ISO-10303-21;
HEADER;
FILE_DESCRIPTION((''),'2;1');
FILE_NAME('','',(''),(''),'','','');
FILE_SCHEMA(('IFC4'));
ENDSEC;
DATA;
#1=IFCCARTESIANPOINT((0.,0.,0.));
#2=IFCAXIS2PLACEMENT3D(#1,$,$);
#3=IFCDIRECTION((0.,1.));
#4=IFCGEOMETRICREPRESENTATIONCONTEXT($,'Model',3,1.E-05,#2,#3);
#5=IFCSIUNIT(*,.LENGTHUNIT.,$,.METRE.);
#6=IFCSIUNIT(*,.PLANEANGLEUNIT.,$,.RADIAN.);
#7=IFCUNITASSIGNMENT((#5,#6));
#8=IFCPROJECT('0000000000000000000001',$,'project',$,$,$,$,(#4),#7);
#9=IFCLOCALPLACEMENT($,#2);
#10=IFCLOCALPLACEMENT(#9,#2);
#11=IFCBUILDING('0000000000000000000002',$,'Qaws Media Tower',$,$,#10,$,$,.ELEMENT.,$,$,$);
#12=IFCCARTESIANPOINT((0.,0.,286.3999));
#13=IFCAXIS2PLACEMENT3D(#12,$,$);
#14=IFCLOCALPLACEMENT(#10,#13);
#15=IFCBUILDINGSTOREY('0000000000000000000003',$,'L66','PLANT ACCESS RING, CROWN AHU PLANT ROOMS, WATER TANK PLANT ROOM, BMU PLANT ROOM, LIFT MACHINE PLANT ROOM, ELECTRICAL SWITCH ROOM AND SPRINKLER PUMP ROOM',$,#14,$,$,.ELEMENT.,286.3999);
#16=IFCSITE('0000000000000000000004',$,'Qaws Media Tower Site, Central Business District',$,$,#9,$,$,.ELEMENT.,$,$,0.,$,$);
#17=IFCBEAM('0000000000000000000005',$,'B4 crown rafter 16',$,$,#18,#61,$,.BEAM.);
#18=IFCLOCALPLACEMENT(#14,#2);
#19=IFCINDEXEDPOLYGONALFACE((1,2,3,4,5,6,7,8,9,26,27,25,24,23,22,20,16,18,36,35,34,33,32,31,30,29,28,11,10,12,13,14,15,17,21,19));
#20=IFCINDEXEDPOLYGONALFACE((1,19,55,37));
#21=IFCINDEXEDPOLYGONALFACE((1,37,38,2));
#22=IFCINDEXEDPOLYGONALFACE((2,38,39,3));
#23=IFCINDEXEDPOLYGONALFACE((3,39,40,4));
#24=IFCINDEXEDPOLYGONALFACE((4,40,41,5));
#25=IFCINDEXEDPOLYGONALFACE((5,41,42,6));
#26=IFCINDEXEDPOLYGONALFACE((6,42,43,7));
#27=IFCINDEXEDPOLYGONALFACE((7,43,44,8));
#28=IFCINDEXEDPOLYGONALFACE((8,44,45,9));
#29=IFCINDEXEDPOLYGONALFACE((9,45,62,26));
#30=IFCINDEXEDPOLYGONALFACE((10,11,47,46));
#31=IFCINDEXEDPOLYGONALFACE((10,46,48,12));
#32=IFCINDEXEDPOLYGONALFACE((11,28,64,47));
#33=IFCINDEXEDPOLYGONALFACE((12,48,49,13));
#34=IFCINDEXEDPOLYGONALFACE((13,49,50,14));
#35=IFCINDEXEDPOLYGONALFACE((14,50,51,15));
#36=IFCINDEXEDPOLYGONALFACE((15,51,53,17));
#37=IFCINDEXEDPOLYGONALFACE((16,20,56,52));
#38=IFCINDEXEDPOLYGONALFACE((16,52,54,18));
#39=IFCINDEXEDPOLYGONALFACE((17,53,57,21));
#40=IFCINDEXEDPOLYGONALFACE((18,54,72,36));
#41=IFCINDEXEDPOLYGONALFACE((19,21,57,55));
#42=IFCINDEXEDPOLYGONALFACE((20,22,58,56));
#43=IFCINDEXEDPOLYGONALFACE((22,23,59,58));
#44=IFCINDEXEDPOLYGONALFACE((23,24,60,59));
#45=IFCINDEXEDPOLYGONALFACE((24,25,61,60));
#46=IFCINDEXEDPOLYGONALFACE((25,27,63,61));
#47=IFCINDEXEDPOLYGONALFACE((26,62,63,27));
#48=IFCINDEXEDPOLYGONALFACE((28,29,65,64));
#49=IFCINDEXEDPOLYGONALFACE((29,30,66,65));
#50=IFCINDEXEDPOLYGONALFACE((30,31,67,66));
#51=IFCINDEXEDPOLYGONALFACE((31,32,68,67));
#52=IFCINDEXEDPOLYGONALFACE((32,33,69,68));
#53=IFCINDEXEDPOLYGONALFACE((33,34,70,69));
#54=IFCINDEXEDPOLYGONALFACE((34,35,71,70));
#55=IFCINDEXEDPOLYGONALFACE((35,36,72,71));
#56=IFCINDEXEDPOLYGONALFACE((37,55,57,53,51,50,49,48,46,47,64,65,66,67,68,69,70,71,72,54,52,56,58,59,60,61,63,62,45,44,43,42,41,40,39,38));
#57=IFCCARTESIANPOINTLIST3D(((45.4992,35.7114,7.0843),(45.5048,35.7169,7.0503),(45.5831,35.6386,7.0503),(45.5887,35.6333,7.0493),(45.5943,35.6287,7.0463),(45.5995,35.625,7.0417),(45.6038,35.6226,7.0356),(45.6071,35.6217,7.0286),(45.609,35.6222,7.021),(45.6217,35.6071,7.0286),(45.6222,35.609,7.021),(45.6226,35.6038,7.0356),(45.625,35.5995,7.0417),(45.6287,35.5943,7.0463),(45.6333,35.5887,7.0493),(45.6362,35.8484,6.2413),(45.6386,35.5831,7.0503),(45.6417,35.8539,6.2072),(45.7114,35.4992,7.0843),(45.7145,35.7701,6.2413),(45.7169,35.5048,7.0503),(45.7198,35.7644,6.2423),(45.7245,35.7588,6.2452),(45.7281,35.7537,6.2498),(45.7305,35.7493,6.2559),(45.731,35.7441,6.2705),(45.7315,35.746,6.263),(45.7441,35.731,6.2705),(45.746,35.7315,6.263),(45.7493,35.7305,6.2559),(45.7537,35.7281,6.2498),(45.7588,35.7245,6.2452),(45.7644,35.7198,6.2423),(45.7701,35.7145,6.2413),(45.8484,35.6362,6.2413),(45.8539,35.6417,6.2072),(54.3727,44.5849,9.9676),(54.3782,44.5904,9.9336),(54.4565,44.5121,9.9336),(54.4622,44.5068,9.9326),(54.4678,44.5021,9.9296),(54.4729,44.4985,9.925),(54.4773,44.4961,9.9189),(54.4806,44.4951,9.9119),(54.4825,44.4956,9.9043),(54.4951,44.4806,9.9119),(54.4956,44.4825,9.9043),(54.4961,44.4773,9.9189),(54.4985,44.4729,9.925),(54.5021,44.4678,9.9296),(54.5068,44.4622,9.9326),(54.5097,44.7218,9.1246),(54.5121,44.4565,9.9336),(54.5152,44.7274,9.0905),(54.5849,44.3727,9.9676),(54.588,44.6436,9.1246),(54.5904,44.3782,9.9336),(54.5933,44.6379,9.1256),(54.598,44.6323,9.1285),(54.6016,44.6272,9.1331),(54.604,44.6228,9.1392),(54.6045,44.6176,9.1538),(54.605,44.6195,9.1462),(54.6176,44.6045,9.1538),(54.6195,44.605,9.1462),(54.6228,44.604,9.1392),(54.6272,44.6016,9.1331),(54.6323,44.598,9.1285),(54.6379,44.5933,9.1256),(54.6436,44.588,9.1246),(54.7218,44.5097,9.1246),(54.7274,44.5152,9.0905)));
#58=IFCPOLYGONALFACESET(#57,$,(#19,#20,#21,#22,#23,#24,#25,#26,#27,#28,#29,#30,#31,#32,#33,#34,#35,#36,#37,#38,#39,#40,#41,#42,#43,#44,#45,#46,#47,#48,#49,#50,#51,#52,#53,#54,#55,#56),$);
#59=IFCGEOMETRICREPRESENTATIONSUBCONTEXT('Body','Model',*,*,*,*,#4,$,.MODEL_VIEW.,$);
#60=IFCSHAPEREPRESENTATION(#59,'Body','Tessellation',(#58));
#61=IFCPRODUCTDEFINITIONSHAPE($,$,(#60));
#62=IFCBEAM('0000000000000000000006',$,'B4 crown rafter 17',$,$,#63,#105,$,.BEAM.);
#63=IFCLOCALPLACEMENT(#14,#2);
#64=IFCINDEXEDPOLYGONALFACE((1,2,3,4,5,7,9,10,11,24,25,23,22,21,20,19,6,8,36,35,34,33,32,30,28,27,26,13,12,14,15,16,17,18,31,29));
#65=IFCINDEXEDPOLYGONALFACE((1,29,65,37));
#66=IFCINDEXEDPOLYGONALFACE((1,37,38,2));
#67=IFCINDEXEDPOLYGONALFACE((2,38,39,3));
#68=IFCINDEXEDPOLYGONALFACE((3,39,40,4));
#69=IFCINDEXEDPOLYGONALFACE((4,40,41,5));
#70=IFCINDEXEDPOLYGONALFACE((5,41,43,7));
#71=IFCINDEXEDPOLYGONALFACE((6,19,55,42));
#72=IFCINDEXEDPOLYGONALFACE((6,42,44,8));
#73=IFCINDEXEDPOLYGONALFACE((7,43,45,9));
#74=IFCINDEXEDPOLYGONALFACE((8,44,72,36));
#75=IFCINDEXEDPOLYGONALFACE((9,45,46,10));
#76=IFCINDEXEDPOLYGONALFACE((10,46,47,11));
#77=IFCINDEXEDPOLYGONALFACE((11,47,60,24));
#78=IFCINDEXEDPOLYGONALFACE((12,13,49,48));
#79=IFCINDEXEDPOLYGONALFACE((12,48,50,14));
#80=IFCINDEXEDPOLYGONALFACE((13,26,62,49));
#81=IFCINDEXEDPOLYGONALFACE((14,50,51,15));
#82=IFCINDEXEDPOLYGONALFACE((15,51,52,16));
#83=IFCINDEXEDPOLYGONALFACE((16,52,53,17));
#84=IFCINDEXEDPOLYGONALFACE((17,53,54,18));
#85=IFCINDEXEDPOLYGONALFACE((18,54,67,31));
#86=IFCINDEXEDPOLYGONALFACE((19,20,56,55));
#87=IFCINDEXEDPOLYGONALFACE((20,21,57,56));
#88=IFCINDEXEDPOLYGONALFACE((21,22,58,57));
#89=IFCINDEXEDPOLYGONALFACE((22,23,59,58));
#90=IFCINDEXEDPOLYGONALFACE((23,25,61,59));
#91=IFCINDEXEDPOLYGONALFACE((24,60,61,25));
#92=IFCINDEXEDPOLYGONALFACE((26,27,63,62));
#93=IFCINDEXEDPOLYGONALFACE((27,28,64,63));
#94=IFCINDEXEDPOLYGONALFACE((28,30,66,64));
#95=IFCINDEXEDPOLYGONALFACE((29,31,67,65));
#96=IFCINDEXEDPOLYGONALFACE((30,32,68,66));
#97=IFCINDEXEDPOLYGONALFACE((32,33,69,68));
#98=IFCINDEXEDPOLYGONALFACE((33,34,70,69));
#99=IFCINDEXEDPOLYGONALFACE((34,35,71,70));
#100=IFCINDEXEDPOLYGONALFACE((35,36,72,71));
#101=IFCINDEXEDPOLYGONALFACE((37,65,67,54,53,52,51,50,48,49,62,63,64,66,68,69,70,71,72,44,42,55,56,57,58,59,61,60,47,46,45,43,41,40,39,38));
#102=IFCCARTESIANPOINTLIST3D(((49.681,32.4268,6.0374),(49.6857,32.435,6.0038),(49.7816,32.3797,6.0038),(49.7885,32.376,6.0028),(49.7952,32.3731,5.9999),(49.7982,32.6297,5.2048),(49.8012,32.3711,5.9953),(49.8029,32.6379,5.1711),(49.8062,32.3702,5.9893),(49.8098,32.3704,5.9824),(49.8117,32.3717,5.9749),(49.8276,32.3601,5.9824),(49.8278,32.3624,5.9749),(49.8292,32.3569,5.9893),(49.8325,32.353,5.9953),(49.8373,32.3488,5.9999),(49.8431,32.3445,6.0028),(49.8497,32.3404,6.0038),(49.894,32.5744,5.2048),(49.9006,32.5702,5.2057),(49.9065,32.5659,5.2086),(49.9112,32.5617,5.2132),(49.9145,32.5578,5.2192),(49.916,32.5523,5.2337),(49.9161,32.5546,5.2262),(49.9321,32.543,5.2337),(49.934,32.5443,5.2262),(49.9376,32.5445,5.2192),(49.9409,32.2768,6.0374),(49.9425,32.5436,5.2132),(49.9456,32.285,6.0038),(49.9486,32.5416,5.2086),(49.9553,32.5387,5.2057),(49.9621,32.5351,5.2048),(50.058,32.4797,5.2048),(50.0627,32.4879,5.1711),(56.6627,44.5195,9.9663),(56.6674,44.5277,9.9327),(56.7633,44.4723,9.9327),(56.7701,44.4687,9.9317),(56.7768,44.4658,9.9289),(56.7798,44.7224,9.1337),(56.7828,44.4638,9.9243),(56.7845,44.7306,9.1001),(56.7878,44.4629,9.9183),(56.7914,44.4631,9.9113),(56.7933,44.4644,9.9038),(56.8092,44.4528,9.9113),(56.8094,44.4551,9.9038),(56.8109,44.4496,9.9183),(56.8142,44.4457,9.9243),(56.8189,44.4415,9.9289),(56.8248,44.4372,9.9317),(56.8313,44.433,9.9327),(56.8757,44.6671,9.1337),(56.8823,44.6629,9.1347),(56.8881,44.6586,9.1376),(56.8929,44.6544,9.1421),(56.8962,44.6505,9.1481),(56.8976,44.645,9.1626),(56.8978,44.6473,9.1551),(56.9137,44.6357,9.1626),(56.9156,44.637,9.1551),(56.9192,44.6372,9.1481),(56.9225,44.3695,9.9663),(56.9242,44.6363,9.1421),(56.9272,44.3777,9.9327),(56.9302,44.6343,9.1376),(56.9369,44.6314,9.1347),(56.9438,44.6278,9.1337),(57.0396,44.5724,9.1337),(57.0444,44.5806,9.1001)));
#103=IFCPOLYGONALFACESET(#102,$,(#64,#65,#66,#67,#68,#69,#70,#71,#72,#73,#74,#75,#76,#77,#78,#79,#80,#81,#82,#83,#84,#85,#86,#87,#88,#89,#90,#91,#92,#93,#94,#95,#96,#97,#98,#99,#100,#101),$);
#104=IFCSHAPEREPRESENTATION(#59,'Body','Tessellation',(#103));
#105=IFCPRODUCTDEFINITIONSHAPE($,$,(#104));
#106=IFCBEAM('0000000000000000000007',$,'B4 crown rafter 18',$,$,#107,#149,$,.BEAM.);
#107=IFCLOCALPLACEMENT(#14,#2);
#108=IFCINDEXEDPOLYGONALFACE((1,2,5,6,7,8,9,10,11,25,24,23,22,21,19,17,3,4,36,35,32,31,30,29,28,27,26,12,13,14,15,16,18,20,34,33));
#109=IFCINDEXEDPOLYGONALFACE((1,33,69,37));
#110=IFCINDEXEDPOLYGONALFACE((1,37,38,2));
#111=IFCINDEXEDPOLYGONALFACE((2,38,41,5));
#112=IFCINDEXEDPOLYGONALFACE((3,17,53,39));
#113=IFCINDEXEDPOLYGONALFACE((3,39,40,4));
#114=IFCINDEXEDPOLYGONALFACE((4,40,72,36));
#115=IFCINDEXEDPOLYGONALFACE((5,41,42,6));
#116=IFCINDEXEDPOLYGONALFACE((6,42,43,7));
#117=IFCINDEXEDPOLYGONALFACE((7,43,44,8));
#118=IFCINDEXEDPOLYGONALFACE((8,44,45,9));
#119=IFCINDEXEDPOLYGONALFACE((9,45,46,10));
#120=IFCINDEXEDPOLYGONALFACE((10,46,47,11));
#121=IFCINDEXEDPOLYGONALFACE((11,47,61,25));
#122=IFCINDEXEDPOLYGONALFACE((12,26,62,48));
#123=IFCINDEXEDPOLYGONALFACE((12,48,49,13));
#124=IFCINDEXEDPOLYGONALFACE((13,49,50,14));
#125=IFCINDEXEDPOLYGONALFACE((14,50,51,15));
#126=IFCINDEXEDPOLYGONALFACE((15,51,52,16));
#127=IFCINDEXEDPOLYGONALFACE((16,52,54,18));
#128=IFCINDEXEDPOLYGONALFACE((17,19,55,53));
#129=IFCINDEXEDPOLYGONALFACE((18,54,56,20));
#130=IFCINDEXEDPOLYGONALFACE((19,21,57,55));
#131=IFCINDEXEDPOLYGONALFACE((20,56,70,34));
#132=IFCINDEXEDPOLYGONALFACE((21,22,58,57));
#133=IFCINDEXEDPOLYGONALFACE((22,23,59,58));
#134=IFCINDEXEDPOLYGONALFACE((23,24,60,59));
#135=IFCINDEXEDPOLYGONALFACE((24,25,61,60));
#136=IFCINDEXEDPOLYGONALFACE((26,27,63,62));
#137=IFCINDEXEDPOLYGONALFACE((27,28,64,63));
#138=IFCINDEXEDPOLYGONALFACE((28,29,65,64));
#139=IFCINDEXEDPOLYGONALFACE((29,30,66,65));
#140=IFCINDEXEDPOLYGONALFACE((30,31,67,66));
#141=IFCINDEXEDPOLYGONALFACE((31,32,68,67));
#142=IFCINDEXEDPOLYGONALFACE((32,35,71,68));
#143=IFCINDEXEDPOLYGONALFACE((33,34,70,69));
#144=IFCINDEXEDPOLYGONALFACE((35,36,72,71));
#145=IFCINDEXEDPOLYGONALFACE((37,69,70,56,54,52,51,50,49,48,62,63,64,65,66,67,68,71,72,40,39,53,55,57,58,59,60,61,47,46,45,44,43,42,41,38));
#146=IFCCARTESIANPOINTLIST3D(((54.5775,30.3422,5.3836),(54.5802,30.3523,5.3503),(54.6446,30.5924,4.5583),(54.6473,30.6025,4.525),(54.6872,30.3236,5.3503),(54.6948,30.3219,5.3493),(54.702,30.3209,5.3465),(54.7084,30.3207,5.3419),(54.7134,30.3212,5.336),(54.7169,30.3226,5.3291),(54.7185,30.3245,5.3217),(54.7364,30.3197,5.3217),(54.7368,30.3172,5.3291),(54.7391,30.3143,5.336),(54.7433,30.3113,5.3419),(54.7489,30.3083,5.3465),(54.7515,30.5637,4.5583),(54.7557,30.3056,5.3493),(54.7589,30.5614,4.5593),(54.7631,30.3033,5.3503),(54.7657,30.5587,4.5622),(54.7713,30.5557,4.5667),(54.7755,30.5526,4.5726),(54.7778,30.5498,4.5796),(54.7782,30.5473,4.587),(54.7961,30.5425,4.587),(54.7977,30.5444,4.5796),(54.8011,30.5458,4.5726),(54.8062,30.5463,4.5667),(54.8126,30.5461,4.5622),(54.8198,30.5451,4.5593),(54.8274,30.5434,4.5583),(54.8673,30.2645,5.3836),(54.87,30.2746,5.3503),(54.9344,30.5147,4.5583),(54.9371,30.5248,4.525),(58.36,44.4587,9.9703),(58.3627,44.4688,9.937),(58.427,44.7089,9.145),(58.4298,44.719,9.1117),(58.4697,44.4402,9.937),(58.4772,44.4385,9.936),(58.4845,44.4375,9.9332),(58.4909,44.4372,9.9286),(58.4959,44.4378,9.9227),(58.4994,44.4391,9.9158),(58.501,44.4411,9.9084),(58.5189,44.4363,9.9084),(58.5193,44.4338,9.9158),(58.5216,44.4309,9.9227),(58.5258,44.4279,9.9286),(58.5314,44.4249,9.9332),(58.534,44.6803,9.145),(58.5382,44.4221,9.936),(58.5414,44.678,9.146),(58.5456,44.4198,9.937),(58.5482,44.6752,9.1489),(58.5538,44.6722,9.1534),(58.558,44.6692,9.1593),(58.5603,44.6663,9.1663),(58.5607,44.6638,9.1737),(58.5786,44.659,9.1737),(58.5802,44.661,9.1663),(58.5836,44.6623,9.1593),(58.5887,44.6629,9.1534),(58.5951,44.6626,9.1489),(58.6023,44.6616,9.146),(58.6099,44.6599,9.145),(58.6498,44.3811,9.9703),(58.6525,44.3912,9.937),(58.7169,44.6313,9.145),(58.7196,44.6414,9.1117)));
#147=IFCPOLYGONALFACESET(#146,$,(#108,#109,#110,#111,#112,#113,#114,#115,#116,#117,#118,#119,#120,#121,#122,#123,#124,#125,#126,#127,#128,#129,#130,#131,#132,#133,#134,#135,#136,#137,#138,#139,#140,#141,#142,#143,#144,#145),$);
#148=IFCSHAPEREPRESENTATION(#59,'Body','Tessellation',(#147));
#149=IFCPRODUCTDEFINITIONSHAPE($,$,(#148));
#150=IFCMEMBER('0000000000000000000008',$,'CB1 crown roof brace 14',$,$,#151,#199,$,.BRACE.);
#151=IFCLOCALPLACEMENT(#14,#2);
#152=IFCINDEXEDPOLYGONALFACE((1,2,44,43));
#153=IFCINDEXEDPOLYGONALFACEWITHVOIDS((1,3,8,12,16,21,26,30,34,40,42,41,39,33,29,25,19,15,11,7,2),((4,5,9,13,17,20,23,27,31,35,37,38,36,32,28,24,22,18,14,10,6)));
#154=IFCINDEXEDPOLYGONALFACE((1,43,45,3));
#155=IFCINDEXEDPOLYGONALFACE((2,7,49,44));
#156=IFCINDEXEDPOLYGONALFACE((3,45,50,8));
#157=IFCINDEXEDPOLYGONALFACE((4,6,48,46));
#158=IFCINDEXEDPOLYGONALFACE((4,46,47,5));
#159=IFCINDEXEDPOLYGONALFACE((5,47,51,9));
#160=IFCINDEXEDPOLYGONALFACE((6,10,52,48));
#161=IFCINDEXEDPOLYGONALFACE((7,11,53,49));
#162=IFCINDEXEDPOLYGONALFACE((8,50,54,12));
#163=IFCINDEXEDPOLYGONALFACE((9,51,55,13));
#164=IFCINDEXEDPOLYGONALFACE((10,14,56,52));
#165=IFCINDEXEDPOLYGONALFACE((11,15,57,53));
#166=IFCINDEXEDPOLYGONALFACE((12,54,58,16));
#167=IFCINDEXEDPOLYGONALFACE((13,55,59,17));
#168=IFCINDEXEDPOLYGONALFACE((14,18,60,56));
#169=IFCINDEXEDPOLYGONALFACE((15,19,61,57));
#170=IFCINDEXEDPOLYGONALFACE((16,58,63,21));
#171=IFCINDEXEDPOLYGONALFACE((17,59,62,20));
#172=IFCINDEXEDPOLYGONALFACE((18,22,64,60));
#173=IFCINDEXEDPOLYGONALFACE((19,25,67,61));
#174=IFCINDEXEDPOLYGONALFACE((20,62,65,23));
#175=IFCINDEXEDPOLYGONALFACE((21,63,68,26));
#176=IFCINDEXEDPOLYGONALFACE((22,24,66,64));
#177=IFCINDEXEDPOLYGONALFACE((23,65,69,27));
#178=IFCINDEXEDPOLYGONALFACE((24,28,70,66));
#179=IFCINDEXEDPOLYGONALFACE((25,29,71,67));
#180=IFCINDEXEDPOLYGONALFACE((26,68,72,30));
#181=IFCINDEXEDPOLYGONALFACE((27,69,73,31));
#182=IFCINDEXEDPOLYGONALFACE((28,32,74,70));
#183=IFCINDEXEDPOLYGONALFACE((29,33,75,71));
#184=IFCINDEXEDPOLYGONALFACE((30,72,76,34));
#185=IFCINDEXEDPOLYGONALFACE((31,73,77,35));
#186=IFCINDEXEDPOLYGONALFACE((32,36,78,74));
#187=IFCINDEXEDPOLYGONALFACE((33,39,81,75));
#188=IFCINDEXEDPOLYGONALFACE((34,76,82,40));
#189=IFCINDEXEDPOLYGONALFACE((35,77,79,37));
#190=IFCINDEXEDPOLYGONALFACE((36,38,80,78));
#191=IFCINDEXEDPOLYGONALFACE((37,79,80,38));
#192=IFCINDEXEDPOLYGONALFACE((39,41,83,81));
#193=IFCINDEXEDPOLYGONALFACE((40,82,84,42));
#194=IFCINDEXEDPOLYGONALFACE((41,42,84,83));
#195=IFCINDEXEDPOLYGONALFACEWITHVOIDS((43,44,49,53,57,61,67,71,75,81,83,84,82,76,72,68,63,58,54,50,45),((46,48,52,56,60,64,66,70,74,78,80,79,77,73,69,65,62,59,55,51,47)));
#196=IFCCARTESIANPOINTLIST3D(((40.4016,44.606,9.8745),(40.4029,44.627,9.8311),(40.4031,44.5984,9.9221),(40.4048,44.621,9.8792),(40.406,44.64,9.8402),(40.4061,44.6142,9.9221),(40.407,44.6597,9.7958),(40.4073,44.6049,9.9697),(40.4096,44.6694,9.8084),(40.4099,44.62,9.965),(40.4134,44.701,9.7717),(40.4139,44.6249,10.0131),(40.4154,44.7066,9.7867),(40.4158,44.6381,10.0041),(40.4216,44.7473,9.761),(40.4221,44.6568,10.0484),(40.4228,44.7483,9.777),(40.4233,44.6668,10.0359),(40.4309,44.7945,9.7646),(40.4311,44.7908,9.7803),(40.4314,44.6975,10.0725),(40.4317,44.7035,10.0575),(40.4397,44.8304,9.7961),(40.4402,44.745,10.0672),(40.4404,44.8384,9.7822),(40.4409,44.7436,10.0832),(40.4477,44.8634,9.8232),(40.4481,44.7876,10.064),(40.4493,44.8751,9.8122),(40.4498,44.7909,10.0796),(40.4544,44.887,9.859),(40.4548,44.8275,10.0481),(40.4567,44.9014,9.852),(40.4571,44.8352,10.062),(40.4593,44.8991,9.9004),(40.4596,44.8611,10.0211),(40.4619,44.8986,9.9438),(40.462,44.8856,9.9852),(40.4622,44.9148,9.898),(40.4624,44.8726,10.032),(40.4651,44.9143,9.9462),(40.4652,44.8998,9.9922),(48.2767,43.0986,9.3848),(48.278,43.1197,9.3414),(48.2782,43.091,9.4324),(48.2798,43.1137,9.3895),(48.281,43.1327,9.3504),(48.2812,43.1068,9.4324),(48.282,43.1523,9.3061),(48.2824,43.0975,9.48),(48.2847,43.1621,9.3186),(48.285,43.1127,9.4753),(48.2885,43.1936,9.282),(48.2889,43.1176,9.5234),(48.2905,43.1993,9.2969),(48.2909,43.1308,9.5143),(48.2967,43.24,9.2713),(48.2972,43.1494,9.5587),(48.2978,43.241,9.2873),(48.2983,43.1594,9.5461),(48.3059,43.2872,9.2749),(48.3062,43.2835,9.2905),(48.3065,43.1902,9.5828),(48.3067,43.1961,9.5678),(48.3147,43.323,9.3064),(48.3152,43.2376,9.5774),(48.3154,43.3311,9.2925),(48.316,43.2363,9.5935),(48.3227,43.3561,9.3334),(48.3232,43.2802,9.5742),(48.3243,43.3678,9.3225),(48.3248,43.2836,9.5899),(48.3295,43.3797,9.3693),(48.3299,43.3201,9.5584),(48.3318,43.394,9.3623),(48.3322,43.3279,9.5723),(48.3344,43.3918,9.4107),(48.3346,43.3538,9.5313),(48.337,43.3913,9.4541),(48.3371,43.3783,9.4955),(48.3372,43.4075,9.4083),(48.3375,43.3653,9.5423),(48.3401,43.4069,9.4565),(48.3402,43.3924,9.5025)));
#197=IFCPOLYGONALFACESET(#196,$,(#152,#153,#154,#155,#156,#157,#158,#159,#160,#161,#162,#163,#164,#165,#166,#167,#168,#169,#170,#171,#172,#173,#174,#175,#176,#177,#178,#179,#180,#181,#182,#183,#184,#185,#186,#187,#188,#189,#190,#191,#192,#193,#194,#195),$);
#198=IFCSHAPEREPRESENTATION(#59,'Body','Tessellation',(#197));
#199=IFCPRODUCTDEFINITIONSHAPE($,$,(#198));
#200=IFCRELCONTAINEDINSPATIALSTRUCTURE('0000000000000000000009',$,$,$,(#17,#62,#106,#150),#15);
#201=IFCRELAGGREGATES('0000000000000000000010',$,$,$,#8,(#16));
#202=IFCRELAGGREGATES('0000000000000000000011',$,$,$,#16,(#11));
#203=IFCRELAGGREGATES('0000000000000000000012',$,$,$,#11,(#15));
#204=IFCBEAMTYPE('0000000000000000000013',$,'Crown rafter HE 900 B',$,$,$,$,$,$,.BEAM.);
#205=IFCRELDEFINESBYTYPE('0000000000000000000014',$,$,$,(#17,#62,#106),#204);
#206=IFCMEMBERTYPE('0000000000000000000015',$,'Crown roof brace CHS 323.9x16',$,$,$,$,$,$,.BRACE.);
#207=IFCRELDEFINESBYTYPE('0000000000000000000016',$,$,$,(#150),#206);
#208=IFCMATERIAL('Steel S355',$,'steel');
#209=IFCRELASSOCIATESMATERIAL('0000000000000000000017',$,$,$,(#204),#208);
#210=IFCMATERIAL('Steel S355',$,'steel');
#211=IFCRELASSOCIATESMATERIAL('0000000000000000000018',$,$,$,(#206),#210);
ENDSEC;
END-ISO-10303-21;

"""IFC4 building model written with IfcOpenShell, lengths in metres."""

from ifc_helpers import new_model, si_unit, direction, frame, origin, origin_2d, place, context, subcontext, project, spatial, hollow_circle, i_section, extrude, material, material_profile, profile_set, type_object, element, save


model = new_model("IFC4")

# Units and contexts
model_context = context("Model", 3, precision=1e-05, world=origin(), true_north=direction((0.0, 1.0)))
body_context = subcontext(model_context, "Body", "Model", "MODEL_VIEW")
ifc_project = project(units=[si_unit("LENGTHUNIT", "METRE"), si_unit("PLANEANGLEUNIT", "RADIAN")], contexts=[model_context])

# Site, building, storey
site_placement = place(None, origin())
site = spatial("IfcSite", under=ifc_project, at=site_placement, Name="Qaws Media Tower Site, Central Business District", CompositionType="ELEMENT", RefElevation=0.0)
building_placement = place(site_placement, origin())
building = spatial("IfcBuilding", under=site, at=building_placement, Name="Qaws Media Tower", CompositionType="ELEMENT")
storey_placement = place(building_placement, frame((0.0, 0.0, 286.3999)))
storey = spatial("IfcBuildingStorey", under=building, at=storey_placement, Name="L66", Description="PLANT ACCESS RING, CROWN AHU PLANT ROOMS, WATER TANK PLANT ROOM, BMU PLANT ROOM, LIFT MACHINE PLANT ROOM, ELECTRICAL SWITCH ROOM AND SPRINKLER PUMP ROOM", CompositionType="ELEMENT", Elevation=286.3999)

# Beams
ifc_material_1 = material(Name="Steel S355", Category="steel")
ifc_material_profile_1 = material_profile(ifc_material_1, i_section(OverallWidth=0.3, OverallDepth=0.8999, WebThickness=0.0186, FlangeThickness=0.0349, FilletRadius=0.03, at=origin_2d()), Name="HE 900 B")
ifc_profile_set_1 = profile_set([ifc_material_profile_1], Name="Steel S355")
beam_type_1 = type_object("IfcBeamType", Name="Crown rafter HE 900 B", PredefinedType="BEAM", material=ifc_profile_set_1)
beam_1_placement = place(storey_placement, frame((54.55, 44.55, 9.5291), z_axis=(-0.68915, -0.68915, -0.223927), x_axis=(0.707107, -0.707107, 0.0)))
element("IfcBeam", 1, at=beam_1_placement, inside=storey, type_object=beam_type_1, Name="B4 crown rafter 16", PredefinedType="BEAM", context=body_context, shape_type="SweptSolid", body=[
    extrude(i_section(OverallWidth=0.3, OverallDepth=0.8999, WebThickness=0.0186, FlangeThickness=0.0349, FilletRadius=0.03, at=origin_2d()), origin(), (0.0, 0.0, 1.0), 12.876),
])
beam_2_placement = place(storey_placement, frame((56.8535, 44.55, 9.5332), z_axis=(-0.481306, -0.833656, -0.270856), x_axis=(0.866028, -0.499996, 0.0)))
element("IfcBeam", 2, at=beam_2_placement, inside=storey, type_object=beam_type_1, Name="B4 crown rafter 17", PredefinedType="BEAM", context=body_context, shape_type="SweptSolid", body=[
    extrude(i_section(OverallWidth=0.3, OverallDepth=0.8999, WebThickness=0.0186, FlangeThickness=0.0349, FilletRadius=0.03, at=origin_2d()), origin(), (0.0, 0.0, 1.0), 14.5056),
])
beam_3_placement = place(storey_placement, frame((58.5398, 44.55, 9.541), z_axis=(-0.246941, -0.921604, -0.299444), x_axis=(0.965926, -0.258818, 0.0)))
element("IfcBeam", 3, at=beam_3_placement, inside=storey, type_object=beam_type_1, Name="B4 crown rafter 18", PredefinedType="BEAM", context=body_context, shape_type="SweptSolid", body=[
    extrude(i_section(OverallWidth=0.3, OverallDepth=0.8999, WebThickness=0.0186, FlangeThickness=0.0349, FilletRadius=0.03, at=origin_2d()), origin(), (0.0, 0.0, 1.0), 15.3174),
])

# Member
ifc_material_2 = material(Name="Steel S355", Category="steel")
ifc_material_profile_2 = material_profile(ifc_material_2, hollow_circle(Radius=0.1619, WallThickness=0.0161, at=origin_2d()), Name="CHS 323.9x16")
ifc_profile_set_2 = profile_set([ifc_material_profile_2], Name="Steel S355")
member_type = type_object("IfcMemberType", Name="Crown roof brace CHS 323.9x16", PredefinedType="BRACE", material=ifc_profile_set_2)
member_1_placement = place(storey_placement, frame((48.3086, 43.25, 9.4324), z_axis=(-0.980343, 0.187644, 0.060968), x_axis=(-0.187994, -0.98217, 0.0)))
element("IfcMember", 4, at=member_1_placement, inside=storey, type_object=member_type, Name="CB1 crown roof brace 14", PredefinedType="BRACE", context=body_context, shape_type="SweptSolid", body=[
    extrude(hollow_circle(Radius=0.1619, WallThickness=0.0161, at=origin_2d()), origin(), (0.0, 0.0, 1.0), 8.033),
])

save(model, "model.ifc")
